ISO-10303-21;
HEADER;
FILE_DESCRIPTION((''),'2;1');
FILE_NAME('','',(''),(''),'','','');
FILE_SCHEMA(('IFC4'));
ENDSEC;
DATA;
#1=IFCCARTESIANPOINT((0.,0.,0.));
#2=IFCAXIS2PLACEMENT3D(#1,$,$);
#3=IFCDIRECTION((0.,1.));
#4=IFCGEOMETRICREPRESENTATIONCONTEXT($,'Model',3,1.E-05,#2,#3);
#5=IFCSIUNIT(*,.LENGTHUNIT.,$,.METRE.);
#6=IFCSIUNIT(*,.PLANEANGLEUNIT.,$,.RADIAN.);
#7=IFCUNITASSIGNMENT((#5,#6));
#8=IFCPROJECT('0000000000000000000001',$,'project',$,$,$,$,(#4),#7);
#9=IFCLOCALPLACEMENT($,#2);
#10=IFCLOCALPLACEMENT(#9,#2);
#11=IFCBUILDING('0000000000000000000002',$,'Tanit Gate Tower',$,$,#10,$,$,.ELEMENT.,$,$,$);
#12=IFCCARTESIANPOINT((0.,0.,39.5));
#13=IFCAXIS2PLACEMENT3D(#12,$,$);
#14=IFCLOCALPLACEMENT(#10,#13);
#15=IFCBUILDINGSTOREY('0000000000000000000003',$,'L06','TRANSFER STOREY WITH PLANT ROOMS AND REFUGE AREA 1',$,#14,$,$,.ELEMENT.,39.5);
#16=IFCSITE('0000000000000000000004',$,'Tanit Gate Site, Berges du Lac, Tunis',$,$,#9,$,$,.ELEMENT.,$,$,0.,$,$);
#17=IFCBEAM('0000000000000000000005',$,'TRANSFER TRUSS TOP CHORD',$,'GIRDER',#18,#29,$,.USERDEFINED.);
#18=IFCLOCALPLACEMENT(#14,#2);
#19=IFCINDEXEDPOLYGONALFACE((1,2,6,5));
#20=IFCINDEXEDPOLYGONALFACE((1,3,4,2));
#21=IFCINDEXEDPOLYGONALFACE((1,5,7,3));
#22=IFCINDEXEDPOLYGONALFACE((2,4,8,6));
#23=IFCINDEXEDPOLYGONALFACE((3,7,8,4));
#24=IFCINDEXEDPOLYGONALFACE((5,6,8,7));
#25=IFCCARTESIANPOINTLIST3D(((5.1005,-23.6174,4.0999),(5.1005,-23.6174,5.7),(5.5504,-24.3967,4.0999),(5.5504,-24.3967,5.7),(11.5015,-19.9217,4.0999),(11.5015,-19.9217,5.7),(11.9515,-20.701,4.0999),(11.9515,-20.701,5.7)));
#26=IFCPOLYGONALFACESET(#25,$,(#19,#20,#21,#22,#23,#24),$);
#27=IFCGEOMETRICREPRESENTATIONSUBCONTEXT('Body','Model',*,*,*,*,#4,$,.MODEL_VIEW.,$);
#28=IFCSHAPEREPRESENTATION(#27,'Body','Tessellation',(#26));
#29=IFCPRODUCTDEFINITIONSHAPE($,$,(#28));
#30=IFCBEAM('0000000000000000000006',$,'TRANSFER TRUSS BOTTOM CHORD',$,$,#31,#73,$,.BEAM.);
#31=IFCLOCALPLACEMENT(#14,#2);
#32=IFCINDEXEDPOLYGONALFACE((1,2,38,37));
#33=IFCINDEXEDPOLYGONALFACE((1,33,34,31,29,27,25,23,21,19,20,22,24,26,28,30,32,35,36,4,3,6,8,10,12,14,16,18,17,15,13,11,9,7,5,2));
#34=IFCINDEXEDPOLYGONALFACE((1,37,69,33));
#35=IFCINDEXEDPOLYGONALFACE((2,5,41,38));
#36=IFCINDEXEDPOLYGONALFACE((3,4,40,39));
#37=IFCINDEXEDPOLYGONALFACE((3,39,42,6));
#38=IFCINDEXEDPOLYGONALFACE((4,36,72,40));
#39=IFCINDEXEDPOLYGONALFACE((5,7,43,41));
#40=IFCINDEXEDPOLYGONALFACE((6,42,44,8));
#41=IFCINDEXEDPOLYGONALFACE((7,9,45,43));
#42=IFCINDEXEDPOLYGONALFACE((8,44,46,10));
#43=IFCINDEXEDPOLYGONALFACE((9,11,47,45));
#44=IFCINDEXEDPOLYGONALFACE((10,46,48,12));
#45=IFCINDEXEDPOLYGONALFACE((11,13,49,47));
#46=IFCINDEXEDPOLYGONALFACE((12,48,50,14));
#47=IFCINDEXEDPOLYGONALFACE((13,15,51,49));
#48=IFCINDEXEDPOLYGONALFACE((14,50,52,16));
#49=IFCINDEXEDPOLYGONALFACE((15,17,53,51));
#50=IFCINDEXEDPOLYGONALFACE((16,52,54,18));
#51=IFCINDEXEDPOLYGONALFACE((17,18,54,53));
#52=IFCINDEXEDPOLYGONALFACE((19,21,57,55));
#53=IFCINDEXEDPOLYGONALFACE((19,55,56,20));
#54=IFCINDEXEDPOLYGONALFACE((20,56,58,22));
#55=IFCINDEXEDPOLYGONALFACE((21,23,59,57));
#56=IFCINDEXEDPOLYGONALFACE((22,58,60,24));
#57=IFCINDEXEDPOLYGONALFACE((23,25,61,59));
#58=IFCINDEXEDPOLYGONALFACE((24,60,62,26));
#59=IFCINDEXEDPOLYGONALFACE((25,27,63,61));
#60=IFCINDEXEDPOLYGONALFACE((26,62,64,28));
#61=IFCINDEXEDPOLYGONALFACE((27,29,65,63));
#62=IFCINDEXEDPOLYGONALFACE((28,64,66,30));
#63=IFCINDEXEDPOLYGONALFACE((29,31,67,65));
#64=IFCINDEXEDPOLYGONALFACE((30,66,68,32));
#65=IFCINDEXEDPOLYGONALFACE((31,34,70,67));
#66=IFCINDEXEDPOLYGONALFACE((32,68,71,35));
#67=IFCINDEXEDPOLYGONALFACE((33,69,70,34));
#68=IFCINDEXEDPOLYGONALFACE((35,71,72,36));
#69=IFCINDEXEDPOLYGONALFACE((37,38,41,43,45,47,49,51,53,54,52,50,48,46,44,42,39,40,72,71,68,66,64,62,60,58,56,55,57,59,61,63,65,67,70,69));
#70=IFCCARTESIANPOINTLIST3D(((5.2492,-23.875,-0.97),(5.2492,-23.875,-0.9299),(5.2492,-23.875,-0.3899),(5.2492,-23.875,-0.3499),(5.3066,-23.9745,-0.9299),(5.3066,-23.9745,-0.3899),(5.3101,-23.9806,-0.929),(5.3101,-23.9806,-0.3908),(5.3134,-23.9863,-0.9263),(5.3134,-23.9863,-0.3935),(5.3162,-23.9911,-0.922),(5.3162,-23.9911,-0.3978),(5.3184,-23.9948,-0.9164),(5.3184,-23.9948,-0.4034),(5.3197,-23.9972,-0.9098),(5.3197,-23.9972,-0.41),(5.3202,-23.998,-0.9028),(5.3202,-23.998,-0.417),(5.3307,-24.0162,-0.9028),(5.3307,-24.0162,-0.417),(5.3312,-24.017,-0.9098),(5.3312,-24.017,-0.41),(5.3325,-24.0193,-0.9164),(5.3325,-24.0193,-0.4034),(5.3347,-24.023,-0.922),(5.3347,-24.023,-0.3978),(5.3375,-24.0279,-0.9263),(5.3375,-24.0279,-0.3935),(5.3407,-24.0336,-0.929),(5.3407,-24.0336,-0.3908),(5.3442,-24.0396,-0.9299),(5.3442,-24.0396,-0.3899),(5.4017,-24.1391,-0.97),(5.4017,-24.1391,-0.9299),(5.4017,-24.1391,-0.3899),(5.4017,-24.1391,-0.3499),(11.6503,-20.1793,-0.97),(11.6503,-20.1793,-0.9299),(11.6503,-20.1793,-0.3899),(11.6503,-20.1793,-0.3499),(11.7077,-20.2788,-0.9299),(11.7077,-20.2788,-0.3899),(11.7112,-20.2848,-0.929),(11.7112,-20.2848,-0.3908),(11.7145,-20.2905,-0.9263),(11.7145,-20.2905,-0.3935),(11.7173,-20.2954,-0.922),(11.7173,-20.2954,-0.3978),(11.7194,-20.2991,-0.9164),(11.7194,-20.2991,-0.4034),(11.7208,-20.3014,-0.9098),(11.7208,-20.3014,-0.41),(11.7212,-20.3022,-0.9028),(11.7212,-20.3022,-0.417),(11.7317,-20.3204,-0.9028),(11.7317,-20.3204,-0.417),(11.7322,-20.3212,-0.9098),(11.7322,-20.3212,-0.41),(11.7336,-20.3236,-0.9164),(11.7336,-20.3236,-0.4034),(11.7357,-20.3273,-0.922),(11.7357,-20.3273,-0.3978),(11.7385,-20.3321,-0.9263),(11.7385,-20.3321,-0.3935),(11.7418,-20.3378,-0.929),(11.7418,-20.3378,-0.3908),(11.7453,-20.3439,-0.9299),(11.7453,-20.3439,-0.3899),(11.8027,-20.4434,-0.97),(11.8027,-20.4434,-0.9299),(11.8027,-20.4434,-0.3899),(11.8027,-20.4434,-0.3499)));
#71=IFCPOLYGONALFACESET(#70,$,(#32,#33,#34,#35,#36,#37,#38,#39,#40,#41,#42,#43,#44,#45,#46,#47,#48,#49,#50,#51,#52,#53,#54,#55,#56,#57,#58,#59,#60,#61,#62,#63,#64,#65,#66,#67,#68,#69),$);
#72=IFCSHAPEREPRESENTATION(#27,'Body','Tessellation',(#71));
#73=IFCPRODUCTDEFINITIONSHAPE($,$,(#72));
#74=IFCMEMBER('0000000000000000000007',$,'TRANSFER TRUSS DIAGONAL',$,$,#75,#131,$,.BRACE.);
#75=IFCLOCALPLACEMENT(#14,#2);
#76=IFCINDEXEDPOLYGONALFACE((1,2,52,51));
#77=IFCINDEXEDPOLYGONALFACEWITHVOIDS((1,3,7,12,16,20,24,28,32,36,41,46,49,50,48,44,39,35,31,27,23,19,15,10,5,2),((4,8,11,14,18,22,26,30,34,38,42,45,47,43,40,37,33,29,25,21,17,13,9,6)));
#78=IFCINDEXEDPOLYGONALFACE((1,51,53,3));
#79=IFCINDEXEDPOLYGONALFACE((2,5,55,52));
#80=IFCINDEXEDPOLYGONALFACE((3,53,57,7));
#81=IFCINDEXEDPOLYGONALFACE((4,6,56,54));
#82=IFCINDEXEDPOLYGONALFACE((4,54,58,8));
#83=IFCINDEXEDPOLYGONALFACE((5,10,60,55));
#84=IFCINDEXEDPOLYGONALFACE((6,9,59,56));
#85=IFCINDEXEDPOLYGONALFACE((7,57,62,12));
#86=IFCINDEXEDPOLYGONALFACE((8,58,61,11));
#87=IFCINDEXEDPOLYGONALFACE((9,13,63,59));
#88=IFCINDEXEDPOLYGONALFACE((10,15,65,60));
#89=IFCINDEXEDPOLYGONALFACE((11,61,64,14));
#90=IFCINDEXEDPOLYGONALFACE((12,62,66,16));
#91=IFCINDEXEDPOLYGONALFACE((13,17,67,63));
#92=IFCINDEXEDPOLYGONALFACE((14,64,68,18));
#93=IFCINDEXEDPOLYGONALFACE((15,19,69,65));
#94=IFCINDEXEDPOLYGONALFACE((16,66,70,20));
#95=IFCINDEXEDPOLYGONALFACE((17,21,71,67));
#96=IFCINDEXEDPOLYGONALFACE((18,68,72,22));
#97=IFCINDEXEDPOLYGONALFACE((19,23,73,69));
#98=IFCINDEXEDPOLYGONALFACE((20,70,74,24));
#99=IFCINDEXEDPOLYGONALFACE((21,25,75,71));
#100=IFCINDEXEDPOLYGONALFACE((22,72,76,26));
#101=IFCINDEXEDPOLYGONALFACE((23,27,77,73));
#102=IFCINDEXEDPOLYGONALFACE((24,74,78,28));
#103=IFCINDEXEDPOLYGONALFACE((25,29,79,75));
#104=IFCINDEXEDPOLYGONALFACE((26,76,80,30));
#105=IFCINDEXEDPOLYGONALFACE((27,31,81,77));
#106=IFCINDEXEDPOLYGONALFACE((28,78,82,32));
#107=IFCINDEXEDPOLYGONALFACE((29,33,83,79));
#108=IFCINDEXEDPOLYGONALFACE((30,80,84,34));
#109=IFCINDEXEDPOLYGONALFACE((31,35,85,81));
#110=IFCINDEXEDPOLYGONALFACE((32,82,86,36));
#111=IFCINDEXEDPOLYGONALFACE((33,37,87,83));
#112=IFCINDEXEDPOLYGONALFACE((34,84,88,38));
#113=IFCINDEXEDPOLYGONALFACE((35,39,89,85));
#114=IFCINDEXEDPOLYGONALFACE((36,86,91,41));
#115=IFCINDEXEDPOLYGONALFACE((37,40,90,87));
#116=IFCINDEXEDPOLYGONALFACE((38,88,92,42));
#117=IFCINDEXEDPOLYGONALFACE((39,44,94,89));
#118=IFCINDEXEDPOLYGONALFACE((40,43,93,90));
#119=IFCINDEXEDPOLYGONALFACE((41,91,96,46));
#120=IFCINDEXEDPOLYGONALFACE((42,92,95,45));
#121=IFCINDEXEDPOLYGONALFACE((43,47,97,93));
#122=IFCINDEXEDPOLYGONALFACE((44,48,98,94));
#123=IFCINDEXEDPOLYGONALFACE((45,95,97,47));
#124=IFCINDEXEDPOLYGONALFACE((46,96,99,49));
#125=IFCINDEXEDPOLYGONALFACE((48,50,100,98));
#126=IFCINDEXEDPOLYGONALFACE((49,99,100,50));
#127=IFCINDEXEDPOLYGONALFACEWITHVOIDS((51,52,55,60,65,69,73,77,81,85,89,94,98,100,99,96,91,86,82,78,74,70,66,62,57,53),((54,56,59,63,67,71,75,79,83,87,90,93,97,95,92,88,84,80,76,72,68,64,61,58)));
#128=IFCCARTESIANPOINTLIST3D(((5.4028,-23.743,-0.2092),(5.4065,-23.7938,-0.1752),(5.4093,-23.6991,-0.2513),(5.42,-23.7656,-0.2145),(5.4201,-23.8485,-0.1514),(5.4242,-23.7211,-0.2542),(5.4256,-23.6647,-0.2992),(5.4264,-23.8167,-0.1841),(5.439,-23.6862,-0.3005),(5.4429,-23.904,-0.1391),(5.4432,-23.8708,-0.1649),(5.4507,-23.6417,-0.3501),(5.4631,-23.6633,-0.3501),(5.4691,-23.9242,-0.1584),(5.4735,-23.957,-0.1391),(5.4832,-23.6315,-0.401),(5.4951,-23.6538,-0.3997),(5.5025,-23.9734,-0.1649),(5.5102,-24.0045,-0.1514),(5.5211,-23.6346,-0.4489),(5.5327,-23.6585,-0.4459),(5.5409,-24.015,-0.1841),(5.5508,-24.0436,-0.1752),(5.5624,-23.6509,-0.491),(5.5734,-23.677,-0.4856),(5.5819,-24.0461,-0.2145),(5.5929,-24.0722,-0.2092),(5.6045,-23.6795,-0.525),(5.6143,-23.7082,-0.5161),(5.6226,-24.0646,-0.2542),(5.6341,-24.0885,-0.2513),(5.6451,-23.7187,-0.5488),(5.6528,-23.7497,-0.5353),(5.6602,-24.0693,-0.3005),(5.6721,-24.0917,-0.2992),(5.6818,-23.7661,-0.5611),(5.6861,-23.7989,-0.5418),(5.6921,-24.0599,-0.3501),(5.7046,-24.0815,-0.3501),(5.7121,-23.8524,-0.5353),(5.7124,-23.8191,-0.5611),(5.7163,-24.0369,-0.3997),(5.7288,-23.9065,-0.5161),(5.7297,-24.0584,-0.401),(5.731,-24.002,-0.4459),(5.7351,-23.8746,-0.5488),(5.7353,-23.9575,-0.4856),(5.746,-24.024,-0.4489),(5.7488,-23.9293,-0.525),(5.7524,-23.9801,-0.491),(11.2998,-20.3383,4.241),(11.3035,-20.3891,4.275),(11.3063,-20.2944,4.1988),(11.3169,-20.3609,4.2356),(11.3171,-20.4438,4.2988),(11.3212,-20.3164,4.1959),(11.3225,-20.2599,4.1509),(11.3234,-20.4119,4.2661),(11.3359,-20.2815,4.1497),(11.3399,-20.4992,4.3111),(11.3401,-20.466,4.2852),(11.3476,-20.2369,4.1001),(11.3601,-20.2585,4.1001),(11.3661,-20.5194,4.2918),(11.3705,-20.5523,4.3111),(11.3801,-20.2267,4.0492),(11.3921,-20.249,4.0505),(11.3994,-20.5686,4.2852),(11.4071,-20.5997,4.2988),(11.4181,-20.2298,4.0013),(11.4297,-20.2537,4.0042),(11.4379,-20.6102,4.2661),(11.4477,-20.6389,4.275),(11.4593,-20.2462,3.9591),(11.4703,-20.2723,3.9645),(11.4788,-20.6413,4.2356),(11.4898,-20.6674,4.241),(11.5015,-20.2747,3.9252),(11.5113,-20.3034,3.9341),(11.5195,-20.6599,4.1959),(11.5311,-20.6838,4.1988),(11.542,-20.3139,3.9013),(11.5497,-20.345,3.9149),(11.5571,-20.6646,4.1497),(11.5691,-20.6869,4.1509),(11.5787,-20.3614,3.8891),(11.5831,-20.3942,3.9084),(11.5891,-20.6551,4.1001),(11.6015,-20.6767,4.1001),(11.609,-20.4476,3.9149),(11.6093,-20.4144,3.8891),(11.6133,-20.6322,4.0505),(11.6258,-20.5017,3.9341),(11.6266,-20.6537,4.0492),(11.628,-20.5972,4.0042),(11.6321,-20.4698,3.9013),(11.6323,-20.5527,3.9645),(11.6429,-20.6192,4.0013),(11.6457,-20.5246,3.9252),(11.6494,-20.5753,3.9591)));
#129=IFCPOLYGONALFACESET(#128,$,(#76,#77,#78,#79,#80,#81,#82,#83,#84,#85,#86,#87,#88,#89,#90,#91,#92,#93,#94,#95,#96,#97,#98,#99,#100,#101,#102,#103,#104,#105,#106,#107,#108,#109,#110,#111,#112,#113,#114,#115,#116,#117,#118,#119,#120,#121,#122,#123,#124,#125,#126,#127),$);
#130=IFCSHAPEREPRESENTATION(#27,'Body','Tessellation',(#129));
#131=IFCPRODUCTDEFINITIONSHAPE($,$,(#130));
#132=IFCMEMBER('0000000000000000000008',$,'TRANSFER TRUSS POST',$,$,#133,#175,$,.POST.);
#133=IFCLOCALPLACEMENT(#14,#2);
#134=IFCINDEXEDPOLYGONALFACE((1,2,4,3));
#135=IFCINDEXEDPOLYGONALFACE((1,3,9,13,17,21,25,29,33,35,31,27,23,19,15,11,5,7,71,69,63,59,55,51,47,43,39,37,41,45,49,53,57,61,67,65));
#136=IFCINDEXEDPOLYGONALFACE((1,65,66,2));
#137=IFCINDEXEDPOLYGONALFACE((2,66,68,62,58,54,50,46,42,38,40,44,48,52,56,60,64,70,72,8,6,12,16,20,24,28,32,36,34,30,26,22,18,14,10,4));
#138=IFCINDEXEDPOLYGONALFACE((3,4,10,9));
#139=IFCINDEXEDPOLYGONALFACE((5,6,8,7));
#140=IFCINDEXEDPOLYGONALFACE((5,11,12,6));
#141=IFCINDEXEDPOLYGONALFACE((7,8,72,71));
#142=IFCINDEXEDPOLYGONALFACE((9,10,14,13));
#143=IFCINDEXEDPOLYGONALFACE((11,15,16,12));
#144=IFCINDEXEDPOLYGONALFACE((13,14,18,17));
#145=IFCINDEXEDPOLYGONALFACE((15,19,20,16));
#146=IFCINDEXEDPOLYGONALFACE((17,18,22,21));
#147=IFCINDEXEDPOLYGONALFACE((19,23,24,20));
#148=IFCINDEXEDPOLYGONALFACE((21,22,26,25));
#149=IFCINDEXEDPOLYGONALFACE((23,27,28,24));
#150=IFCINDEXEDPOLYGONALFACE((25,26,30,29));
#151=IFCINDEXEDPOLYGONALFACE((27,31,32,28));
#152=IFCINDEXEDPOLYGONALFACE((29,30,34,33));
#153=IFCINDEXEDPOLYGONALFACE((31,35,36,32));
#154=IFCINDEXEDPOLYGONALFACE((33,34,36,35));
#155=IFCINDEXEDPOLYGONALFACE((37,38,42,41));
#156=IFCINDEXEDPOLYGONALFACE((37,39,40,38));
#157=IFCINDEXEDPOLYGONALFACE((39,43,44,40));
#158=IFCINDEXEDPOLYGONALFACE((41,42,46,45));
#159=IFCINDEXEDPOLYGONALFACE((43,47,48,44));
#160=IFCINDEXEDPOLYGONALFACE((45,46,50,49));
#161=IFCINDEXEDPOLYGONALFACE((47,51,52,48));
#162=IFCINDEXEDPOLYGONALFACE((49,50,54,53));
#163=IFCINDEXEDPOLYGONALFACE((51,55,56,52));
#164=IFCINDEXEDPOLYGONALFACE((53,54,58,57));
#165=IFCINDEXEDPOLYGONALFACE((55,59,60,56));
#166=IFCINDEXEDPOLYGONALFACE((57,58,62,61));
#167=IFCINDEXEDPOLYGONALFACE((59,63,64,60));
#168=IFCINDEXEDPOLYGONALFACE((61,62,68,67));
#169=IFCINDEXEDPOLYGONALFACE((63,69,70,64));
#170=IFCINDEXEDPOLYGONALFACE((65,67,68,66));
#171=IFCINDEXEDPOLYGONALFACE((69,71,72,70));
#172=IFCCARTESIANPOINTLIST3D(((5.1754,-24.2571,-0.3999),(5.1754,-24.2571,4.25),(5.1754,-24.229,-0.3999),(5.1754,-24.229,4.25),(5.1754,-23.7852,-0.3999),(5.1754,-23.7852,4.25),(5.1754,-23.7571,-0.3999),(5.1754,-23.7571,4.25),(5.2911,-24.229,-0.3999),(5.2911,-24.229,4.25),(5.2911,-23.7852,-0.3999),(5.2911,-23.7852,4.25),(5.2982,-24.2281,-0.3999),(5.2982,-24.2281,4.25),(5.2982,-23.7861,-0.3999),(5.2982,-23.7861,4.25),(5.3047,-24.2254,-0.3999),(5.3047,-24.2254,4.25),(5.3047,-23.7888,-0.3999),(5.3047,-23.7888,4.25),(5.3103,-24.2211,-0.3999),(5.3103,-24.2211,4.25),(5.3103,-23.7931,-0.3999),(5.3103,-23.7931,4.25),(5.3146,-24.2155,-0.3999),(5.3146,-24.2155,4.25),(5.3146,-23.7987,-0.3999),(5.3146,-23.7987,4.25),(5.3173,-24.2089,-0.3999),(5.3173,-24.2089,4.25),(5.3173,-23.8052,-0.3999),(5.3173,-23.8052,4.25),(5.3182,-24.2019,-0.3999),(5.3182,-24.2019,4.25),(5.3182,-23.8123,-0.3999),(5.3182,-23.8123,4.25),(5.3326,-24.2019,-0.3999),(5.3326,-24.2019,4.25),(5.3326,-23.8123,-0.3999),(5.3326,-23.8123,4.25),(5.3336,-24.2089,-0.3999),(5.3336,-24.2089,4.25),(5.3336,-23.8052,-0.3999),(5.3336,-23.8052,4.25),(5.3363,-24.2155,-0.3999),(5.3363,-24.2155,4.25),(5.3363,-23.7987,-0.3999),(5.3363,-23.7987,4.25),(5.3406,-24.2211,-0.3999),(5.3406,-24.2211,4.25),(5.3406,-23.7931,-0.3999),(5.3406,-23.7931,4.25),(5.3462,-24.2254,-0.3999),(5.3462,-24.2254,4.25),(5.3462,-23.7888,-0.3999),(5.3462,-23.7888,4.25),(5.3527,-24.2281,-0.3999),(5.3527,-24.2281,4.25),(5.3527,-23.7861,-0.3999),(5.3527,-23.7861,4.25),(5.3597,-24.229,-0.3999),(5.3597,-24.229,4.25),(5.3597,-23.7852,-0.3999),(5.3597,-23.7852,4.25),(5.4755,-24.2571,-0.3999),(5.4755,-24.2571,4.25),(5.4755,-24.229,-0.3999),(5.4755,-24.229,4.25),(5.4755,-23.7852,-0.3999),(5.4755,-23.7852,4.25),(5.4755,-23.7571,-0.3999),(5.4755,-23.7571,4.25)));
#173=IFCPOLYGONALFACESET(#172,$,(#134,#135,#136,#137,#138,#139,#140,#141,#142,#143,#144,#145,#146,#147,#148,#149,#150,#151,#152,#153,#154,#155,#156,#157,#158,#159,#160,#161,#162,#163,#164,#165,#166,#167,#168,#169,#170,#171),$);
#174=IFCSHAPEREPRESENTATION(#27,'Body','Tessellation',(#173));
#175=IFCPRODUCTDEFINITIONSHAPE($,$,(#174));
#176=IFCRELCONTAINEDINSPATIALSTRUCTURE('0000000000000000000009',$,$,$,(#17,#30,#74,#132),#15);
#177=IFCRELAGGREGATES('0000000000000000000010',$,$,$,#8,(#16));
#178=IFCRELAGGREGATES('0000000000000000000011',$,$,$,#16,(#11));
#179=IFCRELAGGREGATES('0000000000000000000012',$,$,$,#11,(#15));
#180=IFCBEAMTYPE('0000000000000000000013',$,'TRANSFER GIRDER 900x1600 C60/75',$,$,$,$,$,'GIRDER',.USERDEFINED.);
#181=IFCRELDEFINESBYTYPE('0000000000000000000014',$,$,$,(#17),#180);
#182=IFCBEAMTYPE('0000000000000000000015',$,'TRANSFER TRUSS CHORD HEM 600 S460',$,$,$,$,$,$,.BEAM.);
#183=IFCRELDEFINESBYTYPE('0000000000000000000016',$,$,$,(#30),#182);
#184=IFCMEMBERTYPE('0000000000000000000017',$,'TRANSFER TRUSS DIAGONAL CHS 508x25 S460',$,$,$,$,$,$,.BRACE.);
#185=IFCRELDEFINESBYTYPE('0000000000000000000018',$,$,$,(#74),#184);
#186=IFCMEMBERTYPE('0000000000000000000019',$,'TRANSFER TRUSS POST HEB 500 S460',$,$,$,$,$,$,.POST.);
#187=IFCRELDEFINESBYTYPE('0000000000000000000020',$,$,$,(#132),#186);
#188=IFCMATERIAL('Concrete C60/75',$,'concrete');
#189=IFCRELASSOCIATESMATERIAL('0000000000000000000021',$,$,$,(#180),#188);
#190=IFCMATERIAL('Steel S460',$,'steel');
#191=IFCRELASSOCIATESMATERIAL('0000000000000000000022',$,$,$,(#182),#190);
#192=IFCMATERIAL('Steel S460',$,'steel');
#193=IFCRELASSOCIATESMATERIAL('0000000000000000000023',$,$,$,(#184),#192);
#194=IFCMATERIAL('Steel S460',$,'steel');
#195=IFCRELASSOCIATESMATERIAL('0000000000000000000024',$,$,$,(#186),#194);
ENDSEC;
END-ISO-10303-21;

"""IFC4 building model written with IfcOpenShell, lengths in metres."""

from ifc_helpers import new_model, si_unit, direction, frame, origin, origin_2d, place, context, subcontext, project, spatial, rectangle, hollow_circle, i_section, extrude, material, material_profile, profile_set, type_object, element, save


model = new_model("IFC4")

# Units and contexts
model_context = context("Model", 3, precision=1e-05, world=origin(), true_north=direction((0.0, 1.0)))
body_context = subcontext(model_context, "Body", "Model", "MODEL_VIEW")
ifc_project = project(units=[si_unit("LENGTHUNIT", "METRE"), si_unit("PLANEANGLEUNIT", "RADIAN")], contexts=[model_context])

# Site, building, storey
site_placement = place(None, origin())
site = spatial("IfcSite", under=ifc_project, at=site_placement, Name="Tanit Gate Site, Berges du Lac, Tunis", CompositionType="ELEMENT", RefElevation=0.0)
building_placement = place(site_placement, origin())
building = spatial("IfcBuilding", under=site, at=building_placement, Name="Tanit Gate Tower", CompositionType="ELEMENT")
storey_placement = place(building_placement, frame((0.0, 0.0, 39.5)))
storey = spatial("IfcBuildingStorey", under=building, at=storey_placement, Name="L06", Description="TRANSFER STOREY WITH PLANT ROOMS AND REFUGE AREA 1", CompositionType="ELEMENT", Elevation=39.5)

# Beams
ifc_material_1 = material(Name="Concrete C60/75", Category="concrete")
ifc_material_profile_1 = material_profile(ifc_material_1, rectangle(XDim=0.8999, YDim=1.6001, at=origin_2d()), Name="RC 900x1600")
ifc_profile_set_1 = profile_set([ifc_material_profile_1], Name="Concrete C60/75")
beam_type_1 = type_object("IfcBeamType", Name="TRANSFER GIRDER 900x1600 C60/75", ElementType="GIRDER", PredefinedType="USERDEFINED", material=ifc_profile_set_1)
beam_1_placement = place(storey_placement, frame((5.3254, -24.0071, 4.8999), z_axis=(0.866019, 0.500011, 0.0), x_axis=(-0.500011, 0.866019, 0.0)))
element("IfcBeam", 1, at=beam_1_placement, inside=storey, type_object=beam_type_1, Name="TRANSFER TRUSS TOP CHORD", ObjectType="GIRDER", PredefinedType="USERDEFINED", context=body_context, shape_type="SweptSolid", body=[
    extrude(rectangle(XDim=0.8999, YDim=1.6001, at=origin_2d()), origin(), (0.0, 0.0, 1.0), 7.3914),
])
ifc_material_2 = material(Name="Steel S460", Category="steel")
ifc_material_profile_2 = material_profile(ifc_material_2, i_section(OverallWidth=0.3049, OverallDepth=0.6201, WebThickness=0.021, FlangeThickness=0.04, FilletRadius=0.0271, at=origin_2d()), Name="HEM 600")
ifc_profile_set_2 = profile_set([ifc_material_profile_2], Name="Steel S460")
beam_type_2 = type_object("IfcBeamType", Name="TRANSFER TRUSS CHORD HEM 600 S460", PredefinedType="BEAM", material=ifc_profile_set_2)
beam_2_placement = place(storey_placement, frame((5.3254, -24.0071, -0.6599), z_axis=(0.866019, 0.500011, 0.0), x_axis=(-0.500011, 0.866019, 0.0)))
element("IfcBeam", 2, at=beam_2_placement, inside=storey, type_object=beam_type_2, Name="TRANSFER TRUSS BOTTOM CHORD", PredefinedType="BEAM", context=body_context, shape_type="SweptSolid", body=[
    extrude(i_section(OverallWidth=0.3049, OverallDepth=0.6201, WebThickness=0.021, FlangeThickness=0.04, FilletRadius=0.0271, at=origin_2d()), origin(), (0.0, 0.0, 1.0), 7.3914),
])

# Members
ifc_material_3 = material(Name="Steel S460", Category="steel")
ifc_material_profile_3 = material_profile(ifc_material_3, hollow_circle(Radius=0.2539, WallThickness=0.0249, at=origin_2d()), Name="CHS 508x25")
ifc_profile_set_3 = profile_set([ifc_material_profile_3], Name="Steel S460")
member_type_1 = type_object("IfcMemberType", Name="TRANSFER TRUSS DIAGONAL CHS 508x25 S460", PredefinedType="BRACE", material=ifc_profile_set_3)
member_1_placement = place(storey_placement, frame((5.5776, -23.8616, -0.3501), z_axis=(0.724928, 0.418558, 0.547073), x_axis=(-0.500018, 0.866015, 0.0)))
element("IfcMember", 3, at=member_1_placement, inside=storey, type_object=member_type_1, Name="TRANSFER TRUSS DIAGONAL", PredefinedType="BRACE", context=body_context, shape_type="SweptSolid", body=[
    extrude(hollow_circle(Radius=0.2539, WallThickness=0.0249, at=origin_2d()), origin(), (0.0, 0.0, 1.0), 8.1345),
])
ifc_material_4 = material(Name="Steel S460", Category="steel")
ifc_material_profile_4 = material_profile(ifc_material_4, i_section(OverallWidth=0.3, OverallDepth=0.5, WebThickness=0.0144, FlangeThickness=0.0281, FilletRadius=0.0271, at=origin_2d()), Name="HEB 500")
ifc_profile_set_4 = profile_set([ifc_material_profile_4], Name="Steel S460")
member_type_2 = type_object("IfcMemberType", Name="TRANSFER TRUSS POST HEB 500 S460", PredefinedType="POST", material=ifc_profile_set_4)
member_2_placement = place(storey_placement, frame((5.3254, -24.0071, -0.3999), z_axis=(0.0, 0.0, 1.0), x_axis=(1.0, 0.0, 0.0)))
element("IfcMember", 4, at=member_2_placement, inside=storey, type_object=member_type_2, Name="TRANSFER TRUSS POST", PredefinedType="POST", context=body_context, shape_type="SweptSolid", body=[
    extrude(i_section(OverallWidth=0.3, OverallDepth=0.5, WebThickness=0.0144, FlangeThickness=0.0281, FilletRadius=0.0271, at=origin_2d()), origin(), (0.0, 0.0, 1.0), 4.6499),
])

save(model, "model.ifc")
